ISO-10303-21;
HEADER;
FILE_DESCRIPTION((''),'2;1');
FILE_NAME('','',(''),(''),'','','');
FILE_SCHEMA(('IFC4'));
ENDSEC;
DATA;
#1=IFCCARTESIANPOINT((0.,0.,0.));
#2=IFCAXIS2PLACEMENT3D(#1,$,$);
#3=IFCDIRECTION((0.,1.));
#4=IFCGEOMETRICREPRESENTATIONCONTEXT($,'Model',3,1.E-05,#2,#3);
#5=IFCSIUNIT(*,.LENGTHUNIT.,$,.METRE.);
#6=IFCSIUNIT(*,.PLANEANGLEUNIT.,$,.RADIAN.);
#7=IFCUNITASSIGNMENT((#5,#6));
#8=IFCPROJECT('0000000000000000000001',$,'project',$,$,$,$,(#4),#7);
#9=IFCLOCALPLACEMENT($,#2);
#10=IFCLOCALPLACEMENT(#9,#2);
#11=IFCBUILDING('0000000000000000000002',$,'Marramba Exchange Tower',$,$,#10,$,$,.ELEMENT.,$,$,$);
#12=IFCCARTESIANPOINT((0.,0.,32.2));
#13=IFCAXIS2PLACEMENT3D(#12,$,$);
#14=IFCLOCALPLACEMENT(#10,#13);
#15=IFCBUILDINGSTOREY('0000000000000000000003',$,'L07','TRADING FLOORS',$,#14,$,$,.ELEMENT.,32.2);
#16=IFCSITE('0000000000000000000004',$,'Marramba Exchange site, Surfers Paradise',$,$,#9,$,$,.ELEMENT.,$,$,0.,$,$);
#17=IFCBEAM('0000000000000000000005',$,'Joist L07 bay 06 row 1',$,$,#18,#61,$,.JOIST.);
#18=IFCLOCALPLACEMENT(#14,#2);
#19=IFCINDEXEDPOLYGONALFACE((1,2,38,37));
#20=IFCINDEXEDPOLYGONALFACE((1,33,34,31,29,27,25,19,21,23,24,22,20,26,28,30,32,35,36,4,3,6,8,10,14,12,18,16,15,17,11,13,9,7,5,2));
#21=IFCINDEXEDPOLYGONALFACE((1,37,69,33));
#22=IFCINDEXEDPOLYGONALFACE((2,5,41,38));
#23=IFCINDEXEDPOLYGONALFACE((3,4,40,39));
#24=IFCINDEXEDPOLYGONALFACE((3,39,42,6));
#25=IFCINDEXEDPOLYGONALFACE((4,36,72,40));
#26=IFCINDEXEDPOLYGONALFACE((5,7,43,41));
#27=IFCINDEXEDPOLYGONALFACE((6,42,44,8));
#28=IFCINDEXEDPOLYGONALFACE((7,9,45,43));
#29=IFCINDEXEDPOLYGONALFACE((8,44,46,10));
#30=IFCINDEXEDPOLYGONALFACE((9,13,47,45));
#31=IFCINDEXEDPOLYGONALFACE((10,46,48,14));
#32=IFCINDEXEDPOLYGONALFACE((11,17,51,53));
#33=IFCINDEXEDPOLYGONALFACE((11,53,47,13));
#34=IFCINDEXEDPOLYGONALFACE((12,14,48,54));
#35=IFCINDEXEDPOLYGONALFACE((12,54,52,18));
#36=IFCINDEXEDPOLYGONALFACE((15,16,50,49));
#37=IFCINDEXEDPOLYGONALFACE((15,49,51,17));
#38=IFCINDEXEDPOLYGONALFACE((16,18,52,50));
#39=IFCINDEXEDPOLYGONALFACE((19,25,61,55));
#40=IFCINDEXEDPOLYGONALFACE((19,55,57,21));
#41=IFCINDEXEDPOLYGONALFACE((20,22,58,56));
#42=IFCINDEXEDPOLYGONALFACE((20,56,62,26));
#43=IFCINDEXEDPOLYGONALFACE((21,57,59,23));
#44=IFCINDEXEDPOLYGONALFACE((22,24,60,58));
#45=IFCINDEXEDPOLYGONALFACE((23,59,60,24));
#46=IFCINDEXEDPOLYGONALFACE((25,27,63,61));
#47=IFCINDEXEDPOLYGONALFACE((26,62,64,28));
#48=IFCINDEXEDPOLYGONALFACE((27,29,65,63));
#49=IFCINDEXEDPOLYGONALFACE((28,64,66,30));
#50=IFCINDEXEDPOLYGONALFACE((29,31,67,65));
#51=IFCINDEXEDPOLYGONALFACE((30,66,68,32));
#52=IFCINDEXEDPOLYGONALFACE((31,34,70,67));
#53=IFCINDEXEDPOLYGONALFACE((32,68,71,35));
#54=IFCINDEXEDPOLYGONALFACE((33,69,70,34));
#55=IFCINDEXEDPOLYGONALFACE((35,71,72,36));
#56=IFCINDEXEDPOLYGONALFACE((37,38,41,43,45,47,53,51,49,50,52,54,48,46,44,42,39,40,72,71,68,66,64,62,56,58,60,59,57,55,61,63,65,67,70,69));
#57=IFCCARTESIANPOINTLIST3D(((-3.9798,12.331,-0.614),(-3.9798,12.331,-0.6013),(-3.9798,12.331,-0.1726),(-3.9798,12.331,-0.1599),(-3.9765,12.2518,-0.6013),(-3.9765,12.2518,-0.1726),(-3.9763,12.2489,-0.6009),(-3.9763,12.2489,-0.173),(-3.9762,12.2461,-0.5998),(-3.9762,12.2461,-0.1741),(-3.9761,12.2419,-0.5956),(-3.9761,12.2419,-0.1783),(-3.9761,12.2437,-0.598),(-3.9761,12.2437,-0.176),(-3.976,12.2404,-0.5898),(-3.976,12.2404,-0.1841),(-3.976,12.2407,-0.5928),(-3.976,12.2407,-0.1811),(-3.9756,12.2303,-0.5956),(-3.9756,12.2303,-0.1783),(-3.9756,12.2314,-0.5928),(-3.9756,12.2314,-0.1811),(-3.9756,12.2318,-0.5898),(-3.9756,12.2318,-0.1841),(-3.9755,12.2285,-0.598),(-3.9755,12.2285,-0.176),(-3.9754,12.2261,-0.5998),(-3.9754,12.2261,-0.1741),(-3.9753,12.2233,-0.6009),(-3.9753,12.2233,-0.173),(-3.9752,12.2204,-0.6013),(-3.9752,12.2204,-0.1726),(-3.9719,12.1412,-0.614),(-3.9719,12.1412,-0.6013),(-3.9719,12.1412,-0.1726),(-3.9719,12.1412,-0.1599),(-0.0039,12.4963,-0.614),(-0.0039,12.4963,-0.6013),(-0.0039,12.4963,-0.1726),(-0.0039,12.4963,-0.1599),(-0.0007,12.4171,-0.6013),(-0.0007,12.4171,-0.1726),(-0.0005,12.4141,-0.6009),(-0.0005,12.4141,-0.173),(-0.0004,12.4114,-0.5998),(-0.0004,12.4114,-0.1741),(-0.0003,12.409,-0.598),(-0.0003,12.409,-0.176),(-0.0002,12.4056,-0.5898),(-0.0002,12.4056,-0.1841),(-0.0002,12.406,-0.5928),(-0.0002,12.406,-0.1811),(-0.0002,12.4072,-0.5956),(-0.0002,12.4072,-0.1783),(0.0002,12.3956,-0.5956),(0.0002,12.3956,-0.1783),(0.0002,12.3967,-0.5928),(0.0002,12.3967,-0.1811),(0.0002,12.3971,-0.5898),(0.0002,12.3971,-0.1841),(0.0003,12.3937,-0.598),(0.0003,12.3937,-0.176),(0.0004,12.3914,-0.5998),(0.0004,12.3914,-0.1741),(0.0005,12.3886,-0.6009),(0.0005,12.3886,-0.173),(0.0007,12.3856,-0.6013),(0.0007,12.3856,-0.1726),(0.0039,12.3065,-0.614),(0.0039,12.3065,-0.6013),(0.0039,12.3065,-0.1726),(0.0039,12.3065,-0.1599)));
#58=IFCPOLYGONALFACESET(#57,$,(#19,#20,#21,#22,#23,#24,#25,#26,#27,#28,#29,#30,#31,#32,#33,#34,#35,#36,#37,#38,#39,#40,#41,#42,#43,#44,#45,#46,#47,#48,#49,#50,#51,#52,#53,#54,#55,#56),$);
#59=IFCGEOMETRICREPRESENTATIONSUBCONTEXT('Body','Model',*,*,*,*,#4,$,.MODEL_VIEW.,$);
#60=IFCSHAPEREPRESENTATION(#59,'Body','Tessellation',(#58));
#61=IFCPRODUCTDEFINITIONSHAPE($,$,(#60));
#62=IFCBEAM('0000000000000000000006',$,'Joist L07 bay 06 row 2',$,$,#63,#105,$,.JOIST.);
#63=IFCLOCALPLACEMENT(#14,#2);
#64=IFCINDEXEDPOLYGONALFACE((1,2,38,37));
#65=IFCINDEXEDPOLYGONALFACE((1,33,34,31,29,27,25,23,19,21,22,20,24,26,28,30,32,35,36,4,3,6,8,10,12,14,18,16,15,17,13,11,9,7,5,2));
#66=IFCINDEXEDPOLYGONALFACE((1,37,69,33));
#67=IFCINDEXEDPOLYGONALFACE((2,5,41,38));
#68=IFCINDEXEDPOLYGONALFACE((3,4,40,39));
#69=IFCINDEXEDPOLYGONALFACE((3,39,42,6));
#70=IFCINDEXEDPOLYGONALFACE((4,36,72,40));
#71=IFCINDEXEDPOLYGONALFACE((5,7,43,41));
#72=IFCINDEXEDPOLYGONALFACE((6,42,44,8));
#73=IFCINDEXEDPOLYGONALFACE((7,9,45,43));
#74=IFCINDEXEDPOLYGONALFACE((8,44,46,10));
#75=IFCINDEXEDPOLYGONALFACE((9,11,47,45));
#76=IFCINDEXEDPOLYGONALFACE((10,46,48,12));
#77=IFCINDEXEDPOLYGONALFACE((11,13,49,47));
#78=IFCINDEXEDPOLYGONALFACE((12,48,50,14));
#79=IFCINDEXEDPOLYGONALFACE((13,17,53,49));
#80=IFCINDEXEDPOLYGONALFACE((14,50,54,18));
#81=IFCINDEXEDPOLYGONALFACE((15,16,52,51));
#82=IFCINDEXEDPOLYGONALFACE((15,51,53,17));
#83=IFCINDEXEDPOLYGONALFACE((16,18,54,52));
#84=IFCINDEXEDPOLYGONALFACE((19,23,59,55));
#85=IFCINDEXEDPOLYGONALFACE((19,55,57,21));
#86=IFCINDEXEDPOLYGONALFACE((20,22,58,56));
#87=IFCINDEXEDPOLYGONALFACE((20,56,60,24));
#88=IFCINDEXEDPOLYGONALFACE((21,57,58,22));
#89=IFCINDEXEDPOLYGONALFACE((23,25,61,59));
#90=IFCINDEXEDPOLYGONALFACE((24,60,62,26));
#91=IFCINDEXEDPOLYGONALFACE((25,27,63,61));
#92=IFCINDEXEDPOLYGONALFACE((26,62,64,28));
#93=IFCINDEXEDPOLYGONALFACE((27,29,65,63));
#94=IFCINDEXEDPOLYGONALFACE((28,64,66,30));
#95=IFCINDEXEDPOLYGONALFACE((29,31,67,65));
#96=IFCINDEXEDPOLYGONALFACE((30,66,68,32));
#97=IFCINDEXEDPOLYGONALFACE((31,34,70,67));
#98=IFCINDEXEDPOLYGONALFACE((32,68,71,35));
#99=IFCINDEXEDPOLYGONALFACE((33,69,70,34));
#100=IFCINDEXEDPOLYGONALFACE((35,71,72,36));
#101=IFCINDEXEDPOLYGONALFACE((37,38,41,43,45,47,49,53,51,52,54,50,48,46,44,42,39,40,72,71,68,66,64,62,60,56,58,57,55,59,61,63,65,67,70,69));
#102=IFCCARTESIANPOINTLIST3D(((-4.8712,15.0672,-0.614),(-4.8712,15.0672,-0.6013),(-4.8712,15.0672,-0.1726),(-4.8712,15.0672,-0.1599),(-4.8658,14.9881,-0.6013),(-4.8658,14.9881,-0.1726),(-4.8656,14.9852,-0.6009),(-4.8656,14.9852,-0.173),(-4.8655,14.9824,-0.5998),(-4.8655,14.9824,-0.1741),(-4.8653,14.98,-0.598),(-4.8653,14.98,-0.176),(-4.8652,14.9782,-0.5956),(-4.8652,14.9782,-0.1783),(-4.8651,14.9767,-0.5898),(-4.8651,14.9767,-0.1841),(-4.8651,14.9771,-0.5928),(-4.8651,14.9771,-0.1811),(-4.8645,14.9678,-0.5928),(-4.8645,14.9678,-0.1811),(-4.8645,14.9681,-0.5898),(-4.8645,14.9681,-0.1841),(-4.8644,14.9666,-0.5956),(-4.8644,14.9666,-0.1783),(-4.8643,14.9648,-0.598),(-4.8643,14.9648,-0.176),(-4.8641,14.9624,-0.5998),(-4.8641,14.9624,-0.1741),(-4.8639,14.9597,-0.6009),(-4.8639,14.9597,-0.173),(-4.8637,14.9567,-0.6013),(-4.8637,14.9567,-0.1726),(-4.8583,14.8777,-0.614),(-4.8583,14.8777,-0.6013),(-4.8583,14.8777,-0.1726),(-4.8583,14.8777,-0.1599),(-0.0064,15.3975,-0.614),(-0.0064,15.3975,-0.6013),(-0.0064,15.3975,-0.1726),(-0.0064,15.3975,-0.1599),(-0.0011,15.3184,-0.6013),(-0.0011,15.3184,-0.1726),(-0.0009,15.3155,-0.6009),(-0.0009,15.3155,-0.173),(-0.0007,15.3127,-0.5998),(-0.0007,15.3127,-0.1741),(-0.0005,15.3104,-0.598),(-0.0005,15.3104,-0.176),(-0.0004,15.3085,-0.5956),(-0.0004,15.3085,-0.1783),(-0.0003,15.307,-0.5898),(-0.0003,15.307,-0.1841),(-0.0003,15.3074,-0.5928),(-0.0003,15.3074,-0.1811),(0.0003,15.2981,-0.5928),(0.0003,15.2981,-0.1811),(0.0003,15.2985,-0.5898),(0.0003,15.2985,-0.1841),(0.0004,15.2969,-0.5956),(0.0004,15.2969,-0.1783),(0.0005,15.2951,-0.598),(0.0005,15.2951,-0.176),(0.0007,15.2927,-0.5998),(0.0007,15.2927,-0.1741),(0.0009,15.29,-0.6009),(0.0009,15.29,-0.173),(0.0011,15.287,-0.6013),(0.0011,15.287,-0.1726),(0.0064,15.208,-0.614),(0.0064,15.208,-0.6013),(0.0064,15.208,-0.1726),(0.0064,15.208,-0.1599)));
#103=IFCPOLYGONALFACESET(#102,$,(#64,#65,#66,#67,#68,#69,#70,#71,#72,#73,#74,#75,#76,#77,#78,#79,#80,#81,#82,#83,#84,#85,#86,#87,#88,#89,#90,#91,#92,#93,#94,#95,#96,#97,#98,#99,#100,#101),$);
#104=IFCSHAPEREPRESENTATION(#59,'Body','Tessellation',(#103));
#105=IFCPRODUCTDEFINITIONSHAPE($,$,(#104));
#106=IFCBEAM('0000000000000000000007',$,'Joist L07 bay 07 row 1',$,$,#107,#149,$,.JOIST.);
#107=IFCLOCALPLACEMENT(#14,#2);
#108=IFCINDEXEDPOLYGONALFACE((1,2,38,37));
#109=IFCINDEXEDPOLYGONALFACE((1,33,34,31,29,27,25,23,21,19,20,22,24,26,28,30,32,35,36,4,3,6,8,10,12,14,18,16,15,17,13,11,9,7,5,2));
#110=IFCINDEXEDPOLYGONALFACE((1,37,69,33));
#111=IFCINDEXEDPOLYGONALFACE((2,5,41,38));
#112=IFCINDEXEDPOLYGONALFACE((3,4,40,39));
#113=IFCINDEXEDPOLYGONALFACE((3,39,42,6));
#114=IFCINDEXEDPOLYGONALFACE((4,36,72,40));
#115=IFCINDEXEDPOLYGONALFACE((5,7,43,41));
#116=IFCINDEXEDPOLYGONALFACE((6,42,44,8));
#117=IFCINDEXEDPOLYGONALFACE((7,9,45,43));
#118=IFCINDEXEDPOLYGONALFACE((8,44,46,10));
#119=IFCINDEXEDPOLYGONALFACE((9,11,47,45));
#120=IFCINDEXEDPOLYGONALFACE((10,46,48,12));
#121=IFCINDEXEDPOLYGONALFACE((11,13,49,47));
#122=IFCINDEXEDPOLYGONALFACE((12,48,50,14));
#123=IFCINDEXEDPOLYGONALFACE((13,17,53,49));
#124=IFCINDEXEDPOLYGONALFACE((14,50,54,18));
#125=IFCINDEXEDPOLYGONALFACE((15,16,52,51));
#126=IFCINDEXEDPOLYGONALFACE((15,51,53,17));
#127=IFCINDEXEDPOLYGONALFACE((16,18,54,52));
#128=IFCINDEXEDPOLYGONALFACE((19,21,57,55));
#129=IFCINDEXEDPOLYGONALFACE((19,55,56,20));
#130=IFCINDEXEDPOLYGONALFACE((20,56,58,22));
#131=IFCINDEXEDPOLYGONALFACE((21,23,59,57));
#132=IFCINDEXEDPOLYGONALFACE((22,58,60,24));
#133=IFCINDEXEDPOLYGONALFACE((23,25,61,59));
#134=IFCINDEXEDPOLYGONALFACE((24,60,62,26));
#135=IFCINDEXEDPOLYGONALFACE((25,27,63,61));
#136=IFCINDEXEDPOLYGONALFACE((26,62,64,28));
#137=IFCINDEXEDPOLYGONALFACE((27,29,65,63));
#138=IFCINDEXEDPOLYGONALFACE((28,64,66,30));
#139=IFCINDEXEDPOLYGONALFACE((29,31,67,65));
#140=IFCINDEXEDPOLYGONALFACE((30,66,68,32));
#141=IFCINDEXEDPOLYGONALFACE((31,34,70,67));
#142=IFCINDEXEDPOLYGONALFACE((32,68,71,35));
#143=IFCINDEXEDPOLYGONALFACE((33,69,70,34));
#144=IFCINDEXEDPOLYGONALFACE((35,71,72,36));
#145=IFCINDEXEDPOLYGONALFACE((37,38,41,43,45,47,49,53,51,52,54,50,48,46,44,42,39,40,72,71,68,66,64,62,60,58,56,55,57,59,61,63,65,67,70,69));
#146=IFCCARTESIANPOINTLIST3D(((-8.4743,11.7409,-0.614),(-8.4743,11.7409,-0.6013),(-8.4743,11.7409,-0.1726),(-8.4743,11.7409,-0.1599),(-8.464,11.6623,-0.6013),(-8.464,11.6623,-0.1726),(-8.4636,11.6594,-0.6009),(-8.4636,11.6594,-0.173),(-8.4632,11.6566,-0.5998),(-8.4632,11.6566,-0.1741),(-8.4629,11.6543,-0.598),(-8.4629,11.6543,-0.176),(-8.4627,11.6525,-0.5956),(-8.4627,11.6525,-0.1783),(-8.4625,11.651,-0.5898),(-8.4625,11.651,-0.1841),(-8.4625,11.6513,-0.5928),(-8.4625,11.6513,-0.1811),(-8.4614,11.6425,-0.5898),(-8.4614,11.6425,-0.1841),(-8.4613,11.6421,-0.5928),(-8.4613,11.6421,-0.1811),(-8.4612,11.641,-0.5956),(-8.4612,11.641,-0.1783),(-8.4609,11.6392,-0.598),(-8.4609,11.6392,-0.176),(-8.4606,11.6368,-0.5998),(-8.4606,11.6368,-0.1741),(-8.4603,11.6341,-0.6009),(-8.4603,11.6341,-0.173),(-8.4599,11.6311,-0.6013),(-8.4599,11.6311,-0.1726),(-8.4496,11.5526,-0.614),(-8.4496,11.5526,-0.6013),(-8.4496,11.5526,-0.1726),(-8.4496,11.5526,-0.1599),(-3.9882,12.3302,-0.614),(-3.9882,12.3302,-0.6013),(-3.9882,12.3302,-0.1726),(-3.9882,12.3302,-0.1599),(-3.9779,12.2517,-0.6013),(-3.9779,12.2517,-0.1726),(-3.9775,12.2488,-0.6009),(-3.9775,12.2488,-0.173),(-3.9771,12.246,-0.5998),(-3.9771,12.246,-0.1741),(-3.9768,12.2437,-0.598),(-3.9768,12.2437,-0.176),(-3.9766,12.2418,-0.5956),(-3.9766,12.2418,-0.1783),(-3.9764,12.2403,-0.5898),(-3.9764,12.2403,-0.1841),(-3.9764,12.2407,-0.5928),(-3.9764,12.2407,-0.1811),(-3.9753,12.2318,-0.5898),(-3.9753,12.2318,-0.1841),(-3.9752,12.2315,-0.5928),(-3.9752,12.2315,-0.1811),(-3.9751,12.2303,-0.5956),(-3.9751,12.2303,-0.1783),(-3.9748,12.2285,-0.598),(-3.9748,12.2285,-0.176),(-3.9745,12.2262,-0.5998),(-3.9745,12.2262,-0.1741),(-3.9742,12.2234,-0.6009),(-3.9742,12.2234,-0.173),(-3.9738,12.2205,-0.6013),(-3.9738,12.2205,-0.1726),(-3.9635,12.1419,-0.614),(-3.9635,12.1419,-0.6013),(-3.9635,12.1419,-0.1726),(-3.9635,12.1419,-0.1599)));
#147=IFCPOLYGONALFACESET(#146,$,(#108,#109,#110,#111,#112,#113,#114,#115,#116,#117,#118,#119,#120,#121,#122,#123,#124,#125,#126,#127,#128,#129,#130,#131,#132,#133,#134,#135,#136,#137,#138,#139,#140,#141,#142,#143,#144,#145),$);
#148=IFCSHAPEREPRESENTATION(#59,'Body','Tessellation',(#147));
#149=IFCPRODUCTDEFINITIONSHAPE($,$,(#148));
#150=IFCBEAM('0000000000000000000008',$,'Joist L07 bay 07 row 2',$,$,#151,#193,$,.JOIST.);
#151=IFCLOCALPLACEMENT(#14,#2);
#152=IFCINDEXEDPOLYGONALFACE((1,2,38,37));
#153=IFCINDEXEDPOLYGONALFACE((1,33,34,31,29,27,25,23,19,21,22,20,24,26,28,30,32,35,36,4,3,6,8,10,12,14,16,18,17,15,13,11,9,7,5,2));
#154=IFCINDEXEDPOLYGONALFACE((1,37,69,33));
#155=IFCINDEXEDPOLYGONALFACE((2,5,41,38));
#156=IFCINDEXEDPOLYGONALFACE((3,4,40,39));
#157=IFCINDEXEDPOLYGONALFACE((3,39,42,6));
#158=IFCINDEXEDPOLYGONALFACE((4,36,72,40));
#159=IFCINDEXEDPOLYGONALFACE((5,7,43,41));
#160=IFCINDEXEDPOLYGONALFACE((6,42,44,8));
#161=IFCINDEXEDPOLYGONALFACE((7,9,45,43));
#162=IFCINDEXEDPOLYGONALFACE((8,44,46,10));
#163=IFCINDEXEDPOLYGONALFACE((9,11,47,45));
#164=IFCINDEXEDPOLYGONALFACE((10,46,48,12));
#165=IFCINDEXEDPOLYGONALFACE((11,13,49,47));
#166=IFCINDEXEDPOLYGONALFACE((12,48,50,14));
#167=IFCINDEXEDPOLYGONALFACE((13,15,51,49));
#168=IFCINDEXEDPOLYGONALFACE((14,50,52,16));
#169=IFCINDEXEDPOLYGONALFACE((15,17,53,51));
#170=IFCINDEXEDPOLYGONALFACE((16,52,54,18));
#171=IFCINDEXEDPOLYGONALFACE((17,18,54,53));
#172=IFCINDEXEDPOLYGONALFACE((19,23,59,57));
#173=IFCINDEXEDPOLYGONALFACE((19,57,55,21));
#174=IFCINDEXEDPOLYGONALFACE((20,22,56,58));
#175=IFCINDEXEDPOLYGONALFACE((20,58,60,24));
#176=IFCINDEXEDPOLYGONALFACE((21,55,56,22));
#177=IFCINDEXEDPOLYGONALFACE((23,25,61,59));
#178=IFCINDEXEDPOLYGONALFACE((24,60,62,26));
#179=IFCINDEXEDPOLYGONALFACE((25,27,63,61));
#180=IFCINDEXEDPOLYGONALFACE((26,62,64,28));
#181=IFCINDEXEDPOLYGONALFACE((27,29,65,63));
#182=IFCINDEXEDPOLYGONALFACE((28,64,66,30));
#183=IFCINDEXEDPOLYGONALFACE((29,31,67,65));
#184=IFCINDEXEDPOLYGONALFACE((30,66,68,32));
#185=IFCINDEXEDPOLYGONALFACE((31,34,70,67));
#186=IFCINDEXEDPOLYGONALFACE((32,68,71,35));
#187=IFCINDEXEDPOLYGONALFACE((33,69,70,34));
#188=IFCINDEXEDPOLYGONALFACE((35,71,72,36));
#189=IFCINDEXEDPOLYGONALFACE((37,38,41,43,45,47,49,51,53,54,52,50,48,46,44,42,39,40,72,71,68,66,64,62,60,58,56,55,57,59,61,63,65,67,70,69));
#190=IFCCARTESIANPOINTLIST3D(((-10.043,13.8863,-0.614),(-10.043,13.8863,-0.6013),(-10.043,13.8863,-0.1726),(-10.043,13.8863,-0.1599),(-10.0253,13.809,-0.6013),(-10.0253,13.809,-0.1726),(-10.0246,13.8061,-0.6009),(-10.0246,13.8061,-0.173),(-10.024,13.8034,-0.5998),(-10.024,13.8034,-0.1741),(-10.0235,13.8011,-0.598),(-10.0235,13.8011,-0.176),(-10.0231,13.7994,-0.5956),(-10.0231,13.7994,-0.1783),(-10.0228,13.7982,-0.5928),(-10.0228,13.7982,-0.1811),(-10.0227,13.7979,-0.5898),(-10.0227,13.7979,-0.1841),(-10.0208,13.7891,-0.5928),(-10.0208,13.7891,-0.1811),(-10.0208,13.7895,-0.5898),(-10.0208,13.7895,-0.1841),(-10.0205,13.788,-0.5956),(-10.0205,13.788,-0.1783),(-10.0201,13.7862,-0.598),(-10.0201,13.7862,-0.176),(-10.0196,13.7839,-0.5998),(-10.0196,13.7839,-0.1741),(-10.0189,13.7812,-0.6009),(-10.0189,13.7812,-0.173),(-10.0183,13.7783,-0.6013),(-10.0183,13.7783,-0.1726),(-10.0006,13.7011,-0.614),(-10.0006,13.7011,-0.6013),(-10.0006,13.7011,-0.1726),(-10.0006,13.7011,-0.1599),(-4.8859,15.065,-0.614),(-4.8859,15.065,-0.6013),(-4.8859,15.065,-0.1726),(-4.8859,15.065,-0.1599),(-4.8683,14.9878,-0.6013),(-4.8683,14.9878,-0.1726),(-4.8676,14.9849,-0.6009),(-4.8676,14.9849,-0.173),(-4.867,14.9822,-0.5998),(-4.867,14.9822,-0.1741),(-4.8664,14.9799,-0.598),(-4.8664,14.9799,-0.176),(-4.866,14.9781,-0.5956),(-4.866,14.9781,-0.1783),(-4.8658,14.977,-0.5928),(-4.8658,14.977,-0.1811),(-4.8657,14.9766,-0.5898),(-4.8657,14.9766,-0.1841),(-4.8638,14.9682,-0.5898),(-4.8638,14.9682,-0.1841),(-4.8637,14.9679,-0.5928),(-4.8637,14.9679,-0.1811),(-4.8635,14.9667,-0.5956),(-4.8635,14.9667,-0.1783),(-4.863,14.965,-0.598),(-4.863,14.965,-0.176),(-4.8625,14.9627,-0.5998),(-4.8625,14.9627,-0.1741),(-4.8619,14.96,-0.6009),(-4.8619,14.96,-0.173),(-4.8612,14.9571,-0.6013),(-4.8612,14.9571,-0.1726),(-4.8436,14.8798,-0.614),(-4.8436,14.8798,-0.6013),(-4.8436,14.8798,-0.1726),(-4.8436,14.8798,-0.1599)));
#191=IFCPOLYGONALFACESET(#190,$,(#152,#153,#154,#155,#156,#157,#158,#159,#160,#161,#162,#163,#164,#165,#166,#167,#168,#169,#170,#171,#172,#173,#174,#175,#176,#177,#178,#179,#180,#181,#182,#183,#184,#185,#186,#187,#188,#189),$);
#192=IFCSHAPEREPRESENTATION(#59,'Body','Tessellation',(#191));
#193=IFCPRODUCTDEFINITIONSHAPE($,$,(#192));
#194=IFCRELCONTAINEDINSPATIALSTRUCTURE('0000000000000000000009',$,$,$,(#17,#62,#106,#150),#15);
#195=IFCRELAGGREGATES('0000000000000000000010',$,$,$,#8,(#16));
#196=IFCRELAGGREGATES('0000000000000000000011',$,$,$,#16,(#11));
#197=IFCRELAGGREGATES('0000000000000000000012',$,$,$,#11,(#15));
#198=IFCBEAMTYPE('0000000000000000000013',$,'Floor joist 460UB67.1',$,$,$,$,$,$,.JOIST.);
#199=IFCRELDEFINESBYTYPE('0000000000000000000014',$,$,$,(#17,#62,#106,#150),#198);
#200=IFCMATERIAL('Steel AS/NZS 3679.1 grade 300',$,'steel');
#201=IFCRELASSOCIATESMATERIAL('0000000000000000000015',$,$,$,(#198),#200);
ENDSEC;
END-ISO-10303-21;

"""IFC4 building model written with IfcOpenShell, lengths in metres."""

from ifc_helpers import new_model, si_unit, direction, frame, origin, origin_2d, place, context, subcontext, project, spatial, i_section, extrude, material, material_profile, profile_set, type_object, element, save


model = new_model("IFC4")

# Units and contexts
model_context = context("Model", 3, precision=1e-05, world=origin(), true_north=direction((0.0, 1.0)))
body_context = subcontext(model_context, "Body", "Model", "MODEL_VIEW")
ifc_project = project(units=[si_unit("LENGTHUNIT", "METRE"), si_unit("PLANEANGLEUNIT", "RADIAN")], contexts=[model_context])

# Site, building, storey
site_placement = place(None, origin())
site = spatial("IfcSite", under=ifc_project, at=site_placement, Name="Marramba Exchange site, Surfers Paradise", CompositionType="ELEMENT", RefElevation=0.0)
building_placement = place(site_placement, origin())
building = spatial("IfcBuilding", under=site, at=building_placement, Name="Marramba Exchange Tower", CompositionType="ELEMENT")
storey_placement = place(building_placement, frame((0.0, 0.0, 32.2)))
storey = spatial("IfcBuildingStorey", under=building, at=storey_placement, Name="L07", Description="TRADING FLOORS", CompositionType="ELEMENT", Elevation=32.2)

# Beams
ifc_material_1 = material(Name="Steel AS/NZS 3679.1 grade 300", Category="steel")
ifc_material_profile_1 = material_profile(ifc_material_1, i_section(OverallWidth=0.1899, OverallDepth=0.4541, WebThickness=0.0085, FlangeThickness=0.0127, FilletRadius=0.0115, at=origin_2d()), Name="460UB67.1")
ifc_profile_set_1 = profile_set([ifc_material_profile_1], Name="Steel AS/NZS 3679.1 grade 300")
beam_type_1 = type_object("IfcBeamType", Name="Floor joist 460UB67.1", PredefinedType="JOIST", material=ifc_profile_set_1)
beam_1_placement = place(storey_placement, frame((0.0, 12.4014, -0.387), z_axis=(-0.999137, -0.041536, 0.0), x_axis=(0.041536, -0.999137, 0.0)))
element("IfcBeam", 1, at=beam_1_placement, inside=storey, type_object=beam_type_1, Name="Joist L07 bay 06 row 1", PredefinedType="JOIST", context=body_context, shape_type="SweptSolid", body=[
    extrude(i_section(OverallWidth=0.1899, OverallDepth=0.4541, WebThickness=0.0085, FlangeThickness=0.0127, FilletRadius=0.0115, at=origin_2d()), origin(), (0.0, 0.0, 1.0), 3.9792),
])
beam_2_placement = place(storey_placement, frame((0.0, 15.3027, -0.387), z_axis=(-0.997703, -0.067745, 0.0), x_axis=(0.067745, -0.997703, 0.0)))
element("IfcBeam", 2, at=beam_2_placement, inside=storey, type_object=beam_type_1, Name="Joist L07 bay 06 row 2", PredefinedType="JOIST", context=body_context, shape_type="SweptSolid", body=[
    extrude(i_section(OverallWidth=0.1899, OverallDepth=0.4541, WebThickness=0.0085, FlangeThickness=0.0127, FilletRadius=0.0115, at=origin_2d()), origin(), (0.0, 0.0, 1.0), 4.876),
])
beam_3_placement = place(storey_placement, frame((-3.9758, 12.2361, -0.387), z_axis=(-0.991481, -0.130255, 0.0), x_axis=(0.130255, -0.991481, 0.0)))
element("IfcBeam", 3, at=beam_3_placement, inside=storey, type_object=beam_type_1, Name="Joist L07 bay 07 row 1", PredefinedType="JOIST", context=body_context, shape_type="SweptSolid", body=[
    extrude(i_section(OverallWidth=0.1899, OverallDepth=0.4541, WebThickness=0.0085, FlangeThickness=0.0127, FilletRadius=0.0115, at=origin_2d()), origin(), (0.0, 0.0, 1.0), 4.5247),
])
beam_4_placement = place(storey_placement, frame((-4.8647, 14.9724, -0.387), z_axis=(-0.97486, -0.22282, 0.0), x_axis=(0.22282, -0.97486, 0.0)))
element("IfcBeam", 4, at=beam_4_placement, inside=storey, type_object=beam_type_1, Name="Joist L07 bay 07 row 2", PredefinedType="JOIST", context=body_context, shape_type="SweptSolid", body=[
    extrude(i_section(OverallWidth=0.1899, OverallDepth=0.4541, WebThickness=0.0085, FlangeThickness=0.0127, FilletRadius=0.0115, at=origin_2d()), origin(), (0.0, 0.0, 1.0), 5.29),
])

save(model, "model.ifc")
